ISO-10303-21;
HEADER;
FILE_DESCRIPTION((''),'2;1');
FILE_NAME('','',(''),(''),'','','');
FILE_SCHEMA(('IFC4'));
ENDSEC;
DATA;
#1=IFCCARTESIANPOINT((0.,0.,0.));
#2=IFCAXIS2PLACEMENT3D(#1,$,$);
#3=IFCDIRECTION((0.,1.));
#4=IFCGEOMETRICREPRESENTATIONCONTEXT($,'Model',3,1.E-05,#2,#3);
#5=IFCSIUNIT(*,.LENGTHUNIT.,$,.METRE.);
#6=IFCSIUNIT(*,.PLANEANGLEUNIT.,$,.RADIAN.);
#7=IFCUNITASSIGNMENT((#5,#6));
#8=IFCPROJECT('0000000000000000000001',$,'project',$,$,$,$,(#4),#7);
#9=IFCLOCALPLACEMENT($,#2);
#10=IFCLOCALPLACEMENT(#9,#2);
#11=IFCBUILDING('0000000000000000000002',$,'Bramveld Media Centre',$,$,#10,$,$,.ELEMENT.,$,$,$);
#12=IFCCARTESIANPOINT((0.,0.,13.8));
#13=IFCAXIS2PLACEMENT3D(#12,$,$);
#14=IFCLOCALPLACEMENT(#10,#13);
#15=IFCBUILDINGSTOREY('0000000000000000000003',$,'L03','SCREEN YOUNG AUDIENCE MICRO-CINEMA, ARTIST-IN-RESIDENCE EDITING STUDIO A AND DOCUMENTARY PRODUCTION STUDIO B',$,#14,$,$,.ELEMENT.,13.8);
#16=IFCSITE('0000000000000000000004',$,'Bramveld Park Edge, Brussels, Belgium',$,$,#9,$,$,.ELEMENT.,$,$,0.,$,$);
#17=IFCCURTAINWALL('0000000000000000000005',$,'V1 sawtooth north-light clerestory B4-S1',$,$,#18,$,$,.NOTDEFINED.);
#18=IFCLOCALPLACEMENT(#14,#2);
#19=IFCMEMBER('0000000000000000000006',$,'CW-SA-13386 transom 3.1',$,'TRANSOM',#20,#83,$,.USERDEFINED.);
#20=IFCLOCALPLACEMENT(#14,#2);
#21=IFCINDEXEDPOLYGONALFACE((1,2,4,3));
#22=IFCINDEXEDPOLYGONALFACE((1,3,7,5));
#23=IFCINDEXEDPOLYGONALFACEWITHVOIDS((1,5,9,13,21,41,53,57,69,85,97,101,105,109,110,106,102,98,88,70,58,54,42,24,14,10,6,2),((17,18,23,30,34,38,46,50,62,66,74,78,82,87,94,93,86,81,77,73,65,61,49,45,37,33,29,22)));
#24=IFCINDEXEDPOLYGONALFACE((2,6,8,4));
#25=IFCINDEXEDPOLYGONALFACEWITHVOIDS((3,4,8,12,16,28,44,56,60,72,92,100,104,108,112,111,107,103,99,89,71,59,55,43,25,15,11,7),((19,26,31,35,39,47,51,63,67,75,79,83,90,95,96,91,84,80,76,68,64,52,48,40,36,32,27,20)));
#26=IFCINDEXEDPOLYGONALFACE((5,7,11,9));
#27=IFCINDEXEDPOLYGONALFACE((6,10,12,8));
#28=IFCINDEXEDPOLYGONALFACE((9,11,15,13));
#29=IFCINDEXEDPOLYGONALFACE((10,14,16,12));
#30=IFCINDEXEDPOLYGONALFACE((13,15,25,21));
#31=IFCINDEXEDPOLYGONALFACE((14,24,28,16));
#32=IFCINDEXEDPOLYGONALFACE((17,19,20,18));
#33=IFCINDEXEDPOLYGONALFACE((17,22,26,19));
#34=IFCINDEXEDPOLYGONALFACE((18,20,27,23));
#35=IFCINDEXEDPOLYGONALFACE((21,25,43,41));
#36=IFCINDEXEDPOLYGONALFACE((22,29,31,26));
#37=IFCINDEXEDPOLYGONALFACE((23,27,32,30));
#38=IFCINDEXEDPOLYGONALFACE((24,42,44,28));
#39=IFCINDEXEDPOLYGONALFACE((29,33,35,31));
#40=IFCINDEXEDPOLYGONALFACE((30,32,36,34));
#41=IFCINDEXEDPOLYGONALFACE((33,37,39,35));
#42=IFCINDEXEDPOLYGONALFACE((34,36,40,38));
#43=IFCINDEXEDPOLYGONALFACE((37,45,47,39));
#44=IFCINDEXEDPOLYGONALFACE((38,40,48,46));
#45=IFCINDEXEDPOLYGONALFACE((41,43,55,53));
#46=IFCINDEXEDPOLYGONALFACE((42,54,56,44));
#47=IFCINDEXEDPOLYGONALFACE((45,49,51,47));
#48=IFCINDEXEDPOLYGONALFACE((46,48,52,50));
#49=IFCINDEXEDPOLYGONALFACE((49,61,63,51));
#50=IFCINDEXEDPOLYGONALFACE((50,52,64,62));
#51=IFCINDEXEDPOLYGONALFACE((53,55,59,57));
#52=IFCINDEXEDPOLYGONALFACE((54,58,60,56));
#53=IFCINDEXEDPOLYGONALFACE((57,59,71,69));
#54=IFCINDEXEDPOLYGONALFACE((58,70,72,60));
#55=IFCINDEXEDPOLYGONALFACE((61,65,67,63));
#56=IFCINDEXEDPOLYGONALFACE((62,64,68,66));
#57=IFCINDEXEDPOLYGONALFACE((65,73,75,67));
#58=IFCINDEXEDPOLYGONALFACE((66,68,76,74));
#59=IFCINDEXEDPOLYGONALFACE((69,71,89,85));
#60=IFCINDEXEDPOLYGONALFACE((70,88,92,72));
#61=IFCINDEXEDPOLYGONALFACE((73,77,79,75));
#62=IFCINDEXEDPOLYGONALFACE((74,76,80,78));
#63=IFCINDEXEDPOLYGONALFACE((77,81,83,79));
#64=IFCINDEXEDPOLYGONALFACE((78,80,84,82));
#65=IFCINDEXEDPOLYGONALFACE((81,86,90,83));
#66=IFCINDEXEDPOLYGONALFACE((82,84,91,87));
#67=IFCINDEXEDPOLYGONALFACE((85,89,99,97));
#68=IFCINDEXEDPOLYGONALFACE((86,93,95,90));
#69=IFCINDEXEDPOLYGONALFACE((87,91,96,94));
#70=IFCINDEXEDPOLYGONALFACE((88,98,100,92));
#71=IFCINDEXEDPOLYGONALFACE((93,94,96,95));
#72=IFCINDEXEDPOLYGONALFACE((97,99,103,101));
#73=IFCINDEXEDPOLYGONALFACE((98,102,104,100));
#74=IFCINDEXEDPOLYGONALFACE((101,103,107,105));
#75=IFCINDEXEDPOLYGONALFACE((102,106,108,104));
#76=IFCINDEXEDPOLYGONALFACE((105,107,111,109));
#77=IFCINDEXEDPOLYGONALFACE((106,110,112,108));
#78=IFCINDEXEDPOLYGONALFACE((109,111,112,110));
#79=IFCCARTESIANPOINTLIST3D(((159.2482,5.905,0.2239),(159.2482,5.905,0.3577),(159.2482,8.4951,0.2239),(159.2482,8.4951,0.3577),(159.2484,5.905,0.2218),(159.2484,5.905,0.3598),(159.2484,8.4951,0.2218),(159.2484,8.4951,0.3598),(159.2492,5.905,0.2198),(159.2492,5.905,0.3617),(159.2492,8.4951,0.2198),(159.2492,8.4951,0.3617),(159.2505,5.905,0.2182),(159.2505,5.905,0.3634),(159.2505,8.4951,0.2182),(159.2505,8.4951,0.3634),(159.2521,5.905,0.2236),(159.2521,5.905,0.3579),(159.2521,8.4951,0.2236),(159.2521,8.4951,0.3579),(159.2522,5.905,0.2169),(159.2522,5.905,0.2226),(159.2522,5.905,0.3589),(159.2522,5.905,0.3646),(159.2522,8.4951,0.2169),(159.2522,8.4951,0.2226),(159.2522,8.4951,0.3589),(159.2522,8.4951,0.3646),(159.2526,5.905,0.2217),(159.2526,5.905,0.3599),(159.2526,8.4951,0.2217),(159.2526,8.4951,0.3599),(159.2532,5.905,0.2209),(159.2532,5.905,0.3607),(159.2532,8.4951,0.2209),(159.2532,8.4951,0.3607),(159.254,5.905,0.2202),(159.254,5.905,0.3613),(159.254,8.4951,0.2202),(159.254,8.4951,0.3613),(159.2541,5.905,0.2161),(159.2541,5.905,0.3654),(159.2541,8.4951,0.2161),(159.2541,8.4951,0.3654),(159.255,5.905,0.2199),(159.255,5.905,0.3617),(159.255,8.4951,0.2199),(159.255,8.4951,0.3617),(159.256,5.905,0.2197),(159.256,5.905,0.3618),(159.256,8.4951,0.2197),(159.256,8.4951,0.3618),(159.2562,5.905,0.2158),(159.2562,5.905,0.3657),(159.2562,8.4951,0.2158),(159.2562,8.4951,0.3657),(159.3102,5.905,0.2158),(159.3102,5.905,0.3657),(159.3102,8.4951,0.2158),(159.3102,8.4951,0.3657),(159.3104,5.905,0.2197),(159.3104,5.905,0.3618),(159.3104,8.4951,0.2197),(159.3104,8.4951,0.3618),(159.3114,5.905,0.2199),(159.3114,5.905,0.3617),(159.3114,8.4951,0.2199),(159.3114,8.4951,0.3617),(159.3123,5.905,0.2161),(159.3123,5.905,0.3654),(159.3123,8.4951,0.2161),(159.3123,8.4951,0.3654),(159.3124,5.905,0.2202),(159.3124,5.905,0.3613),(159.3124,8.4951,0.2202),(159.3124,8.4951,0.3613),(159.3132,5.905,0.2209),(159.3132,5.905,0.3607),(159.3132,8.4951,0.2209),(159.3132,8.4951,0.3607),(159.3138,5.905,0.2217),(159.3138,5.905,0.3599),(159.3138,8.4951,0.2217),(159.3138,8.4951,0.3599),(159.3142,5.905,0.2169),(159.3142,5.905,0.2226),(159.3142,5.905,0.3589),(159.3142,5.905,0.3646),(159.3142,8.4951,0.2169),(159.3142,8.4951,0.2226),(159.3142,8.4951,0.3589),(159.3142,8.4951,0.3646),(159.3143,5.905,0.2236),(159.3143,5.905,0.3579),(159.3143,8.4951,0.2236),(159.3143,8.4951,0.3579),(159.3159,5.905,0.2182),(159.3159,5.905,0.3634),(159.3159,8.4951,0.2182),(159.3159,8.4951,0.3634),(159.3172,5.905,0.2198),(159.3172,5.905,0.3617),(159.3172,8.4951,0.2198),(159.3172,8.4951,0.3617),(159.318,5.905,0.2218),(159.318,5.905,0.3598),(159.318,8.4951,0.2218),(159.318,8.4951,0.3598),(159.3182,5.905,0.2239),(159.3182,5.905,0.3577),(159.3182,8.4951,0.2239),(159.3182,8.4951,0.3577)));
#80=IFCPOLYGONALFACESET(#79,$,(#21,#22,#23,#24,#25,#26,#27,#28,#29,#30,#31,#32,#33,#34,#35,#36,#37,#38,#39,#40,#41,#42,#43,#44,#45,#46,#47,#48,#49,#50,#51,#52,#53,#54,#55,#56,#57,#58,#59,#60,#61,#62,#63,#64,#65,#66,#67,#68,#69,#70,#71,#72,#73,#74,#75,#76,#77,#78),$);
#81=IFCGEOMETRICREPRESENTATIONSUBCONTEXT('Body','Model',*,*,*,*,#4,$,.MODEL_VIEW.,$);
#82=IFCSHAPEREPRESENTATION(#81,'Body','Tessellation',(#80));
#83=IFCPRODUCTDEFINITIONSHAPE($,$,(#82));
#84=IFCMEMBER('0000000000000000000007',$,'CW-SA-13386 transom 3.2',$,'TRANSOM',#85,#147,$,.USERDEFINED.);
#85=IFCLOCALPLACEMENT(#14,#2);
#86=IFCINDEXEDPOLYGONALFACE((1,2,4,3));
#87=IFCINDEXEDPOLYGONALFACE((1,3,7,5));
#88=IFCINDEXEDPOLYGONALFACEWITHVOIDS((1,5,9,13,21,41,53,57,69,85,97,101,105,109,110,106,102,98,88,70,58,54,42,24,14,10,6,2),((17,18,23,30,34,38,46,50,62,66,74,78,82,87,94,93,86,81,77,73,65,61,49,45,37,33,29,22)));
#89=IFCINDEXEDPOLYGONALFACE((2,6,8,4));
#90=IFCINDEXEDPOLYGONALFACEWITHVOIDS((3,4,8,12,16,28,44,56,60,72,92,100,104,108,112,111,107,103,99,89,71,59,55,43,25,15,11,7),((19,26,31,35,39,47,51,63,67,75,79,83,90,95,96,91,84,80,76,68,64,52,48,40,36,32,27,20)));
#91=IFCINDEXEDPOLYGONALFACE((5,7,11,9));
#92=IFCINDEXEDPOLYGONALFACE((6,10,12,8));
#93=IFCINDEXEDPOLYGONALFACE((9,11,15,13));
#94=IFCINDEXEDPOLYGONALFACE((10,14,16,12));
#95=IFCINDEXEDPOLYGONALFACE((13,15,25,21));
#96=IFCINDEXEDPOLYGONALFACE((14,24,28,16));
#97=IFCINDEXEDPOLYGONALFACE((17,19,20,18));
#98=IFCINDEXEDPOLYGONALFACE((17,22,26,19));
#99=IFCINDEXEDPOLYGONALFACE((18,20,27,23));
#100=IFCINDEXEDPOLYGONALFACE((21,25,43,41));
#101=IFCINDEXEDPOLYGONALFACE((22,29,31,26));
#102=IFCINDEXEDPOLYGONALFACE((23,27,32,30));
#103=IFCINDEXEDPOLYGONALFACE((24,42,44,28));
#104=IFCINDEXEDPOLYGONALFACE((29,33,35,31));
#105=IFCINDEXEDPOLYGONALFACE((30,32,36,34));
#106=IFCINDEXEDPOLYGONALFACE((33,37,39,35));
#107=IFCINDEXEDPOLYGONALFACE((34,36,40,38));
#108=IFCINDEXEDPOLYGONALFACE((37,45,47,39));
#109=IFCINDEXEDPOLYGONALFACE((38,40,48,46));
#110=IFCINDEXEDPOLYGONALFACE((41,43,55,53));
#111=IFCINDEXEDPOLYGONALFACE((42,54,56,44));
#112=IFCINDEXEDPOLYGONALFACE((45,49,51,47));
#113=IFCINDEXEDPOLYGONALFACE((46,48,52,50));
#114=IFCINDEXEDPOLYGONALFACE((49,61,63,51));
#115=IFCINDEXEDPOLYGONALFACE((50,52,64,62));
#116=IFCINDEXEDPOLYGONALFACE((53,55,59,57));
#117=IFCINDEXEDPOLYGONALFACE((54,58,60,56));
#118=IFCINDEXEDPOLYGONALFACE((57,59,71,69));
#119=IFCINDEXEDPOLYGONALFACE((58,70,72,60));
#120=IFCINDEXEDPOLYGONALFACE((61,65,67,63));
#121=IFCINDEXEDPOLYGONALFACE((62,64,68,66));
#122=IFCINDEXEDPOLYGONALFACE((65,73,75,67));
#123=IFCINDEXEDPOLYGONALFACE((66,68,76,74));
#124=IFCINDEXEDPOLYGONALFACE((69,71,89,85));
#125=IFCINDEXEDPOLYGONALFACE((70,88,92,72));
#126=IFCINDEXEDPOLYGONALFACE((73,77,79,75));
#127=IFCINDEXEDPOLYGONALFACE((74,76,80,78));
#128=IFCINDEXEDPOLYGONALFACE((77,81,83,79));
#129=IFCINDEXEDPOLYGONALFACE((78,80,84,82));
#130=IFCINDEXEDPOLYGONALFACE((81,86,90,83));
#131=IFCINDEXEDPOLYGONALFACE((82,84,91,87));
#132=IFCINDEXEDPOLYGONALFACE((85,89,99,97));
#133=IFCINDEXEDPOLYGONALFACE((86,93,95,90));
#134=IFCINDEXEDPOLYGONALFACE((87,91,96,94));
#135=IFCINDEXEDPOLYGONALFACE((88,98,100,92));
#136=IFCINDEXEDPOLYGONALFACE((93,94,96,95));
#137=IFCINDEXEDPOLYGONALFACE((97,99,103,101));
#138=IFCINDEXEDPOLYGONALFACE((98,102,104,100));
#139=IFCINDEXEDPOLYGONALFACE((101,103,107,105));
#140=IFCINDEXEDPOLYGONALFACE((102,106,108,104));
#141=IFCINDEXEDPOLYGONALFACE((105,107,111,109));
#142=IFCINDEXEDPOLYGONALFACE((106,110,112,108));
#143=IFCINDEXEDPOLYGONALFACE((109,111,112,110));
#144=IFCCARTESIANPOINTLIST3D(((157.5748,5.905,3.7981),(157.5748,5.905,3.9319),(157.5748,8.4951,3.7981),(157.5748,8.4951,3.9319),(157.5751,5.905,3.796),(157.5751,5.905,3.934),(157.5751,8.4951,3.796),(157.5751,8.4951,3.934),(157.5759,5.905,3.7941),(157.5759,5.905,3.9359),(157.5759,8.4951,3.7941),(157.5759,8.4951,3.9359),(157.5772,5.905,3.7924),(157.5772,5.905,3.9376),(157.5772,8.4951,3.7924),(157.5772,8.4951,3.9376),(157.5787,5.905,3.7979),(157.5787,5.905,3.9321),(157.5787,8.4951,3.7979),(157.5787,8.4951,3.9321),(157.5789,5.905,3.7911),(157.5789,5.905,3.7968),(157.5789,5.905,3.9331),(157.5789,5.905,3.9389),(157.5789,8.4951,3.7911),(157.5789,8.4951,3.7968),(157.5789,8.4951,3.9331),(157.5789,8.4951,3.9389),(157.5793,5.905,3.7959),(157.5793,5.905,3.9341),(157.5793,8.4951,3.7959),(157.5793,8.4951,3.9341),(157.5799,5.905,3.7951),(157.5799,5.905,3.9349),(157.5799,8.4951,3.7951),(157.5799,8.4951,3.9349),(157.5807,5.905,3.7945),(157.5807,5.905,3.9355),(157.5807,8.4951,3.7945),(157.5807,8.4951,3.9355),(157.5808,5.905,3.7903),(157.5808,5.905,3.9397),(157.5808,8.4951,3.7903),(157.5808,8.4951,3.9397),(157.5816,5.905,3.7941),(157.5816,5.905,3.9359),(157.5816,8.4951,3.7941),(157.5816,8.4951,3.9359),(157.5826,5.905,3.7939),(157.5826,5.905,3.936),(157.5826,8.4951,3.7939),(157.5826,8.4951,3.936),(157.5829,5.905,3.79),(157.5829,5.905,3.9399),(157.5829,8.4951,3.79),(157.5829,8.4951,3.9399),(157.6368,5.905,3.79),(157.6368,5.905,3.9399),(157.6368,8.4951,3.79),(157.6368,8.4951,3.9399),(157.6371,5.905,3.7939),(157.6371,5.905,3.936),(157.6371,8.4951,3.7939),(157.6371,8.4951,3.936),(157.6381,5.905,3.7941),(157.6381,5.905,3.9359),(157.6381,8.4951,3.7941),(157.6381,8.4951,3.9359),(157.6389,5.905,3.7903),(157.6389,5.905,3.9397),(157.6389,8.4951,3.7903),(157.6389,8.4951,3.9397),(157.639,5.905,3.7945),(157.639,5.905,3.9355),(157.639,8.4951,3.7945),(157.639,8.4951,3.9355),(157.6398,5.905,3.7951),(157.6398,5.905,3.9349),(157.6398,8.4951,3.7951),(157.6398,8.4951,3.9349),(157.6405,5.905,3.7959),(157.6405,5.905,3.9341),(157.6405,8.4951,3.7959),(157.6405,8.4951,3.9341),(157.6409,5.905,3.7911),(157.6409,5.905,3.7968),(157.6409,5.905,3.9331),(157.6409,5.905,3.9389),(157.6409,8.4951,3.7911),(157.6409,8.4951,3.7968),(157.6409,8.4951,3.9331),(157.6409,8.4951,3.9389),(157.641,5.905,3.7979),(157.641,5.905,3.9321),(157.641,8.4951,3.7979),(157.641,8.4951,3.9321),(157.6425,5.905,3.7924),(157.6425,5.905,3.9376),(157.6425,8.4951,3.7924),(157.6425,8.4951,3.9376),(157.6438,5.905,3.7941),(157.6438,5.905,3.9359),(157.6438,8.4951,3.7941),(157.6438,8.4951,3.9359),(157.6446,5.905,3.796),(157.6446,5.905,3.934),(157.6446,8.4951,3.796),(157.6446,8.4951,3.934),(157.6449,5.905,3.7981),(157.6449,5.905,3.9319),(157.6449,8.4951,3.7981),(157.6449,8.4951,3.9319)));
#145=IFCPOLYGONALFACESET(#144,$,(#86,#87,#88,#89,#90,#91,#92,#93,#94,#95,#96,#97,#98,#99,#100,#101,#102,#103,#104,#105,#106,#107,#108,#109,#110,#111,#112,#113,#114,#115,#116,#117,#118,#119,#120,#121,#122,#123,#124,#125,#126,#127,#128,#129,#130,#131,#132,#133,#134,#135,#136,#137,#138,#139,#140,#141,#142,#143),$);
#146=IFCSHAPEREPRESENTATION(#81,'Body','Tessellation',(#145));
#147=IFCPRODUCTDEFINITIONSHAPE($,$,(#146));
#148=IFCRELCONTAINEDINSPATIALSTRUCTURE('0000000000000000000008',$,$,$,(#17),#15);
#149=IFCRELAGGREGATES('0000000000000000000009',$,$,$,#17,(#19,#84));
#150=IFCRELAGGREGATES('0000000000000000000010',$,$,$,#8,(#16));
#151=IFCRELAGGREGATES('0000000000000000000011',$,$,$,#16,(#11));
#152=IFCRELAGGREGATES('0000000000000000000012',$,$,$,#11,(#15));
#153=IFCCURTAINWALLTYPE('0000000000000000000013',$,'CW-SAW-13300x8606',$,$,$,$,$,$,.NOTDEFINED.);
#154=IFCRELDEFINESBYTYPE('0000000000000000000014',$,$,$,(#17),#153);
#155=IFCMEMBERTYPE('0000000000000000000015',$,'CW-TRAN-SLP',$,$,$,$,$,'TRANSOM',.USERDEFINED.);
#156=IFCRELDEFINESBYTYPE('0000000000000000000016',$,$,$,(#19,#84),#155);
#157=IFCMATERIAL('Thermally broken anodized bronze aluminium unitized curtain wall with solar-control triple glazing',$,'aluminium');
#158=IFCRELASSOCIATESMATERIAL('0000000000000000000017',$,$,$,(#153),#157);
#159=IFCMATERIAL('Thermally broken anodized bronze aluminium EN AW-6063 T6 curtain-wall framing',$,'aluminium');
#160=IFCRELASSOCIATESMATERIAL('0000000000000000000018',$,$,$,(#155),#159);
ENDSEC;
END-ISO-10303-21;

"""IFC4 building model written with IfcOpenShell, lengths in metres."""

from ifc_helpers import new_model, si_unit, direction, frame, origin, origin_2d, place, context, subcontext, project, spatial, hollow_rectangle, extrude, material, material_profile, profile_set, type_object, element, aggregate, save


model = new_model("IFC4")

# Units and contexts
model_context = context("Model", 3, precision=1e-05, world=origin(), true_north=direction((0.0, 1.0)))
body_context = subcontext(model_context, "Body", "Model", "MODEL_VIEW")
ifc_project = project(units=[si_unit("LENGTHUNIT", "METRE"), si_unit("PLANEANGLEUNIT", "RADIAN")], contexts=[model_context])

# Site, building, storey
site_placement = place(None, origin())
site = spatial("IfcSite", under=ifc_project, at=site_placement, Name="Bramveld Park Edge, Brussels, Belgium", CompositionType="ELEMENT", RefElevation=0.0)
building_placement = place(site_placement, origin())
building = spatial("IfcBuilding", under=site, at=building_placement, Name="Bramveld Media Centre", CompositionType="ELEMENT")
storey_placement = place(building_placement, frame((0.0, 0.0, 13.8)))
storey = spatial("IfcBuildingStorey", under=building, at=storey_placement, Name="L03", Description="SCREEN YOUNG AUDIENCE MICRO-CINEMA, ARTIST-IN-RESIDENCE EDITING STUDIO A AND DOCUMENTARY PRODUCTION STUDIO B", CompositionType="ELEMENT", Elevation=13.8)

# Curtain wall, members
ifc_material_1 = material(Name="Thermally broken anodized bronze aluminium unitized curtain wall with solar-control triple glazing", Category="aluminium")
curtain_wall_type = type_object("IfcCurtainWallType", Name="CW-SAW-13300x8606", PredefinedType="NOTDEFINED", material=ifc_material_1)
curtain_wall_placement = place(storey_placement, origin())
curtain_wall = element("IfcCurtainWall", 1, at=curtain_wall_placement, inside=storey, type_object=curtain_wall_type, Name="V1 sawtooth north-light clerestory B4-S1", PredefinedType="NOTDEFINED")
ifc_material_2 = material(Name="Thermally broken anodized bronze aluminium EN AW-6063 T6 curtain-wall framing", Category="aluminium")
ifc_material_profile_1 = material_profile(ifc_material_2, hollow_rectangle(XDim=0.0701, YDim=0.1499, WallThickness=0.0039, InnerFilletRadius=0.0039, OuterFilletRadius=0.0081, at=origin_2d()), Name="AL-TRAN 70x150")
ifc_profile_set_1 = profile_set([ifc_material_profile_1], Name="Thermally broken anodized bronze aluminium EN AW-6063 T6 curtain-wall framing")
member_type_1 = type_object("IfcMemberType", Name="CW-TRAN-SLP", ElementType="TRANSOM", PredefinedType="USERDEFINED", material=ifc_profile_set_1)
member_1_placement = place(storey_placement, frame((159.2832, 5.905, 0.2908), z_axis=(0.0, 1.0, 0.0), x_axis=(-1.0, 0.0, 0.0)))
member_1 = element("IfcMember", 2, at=member_1_placement, type_object=member_type_1, Name="CW-SA-13386 transom 3.1", ObjectType="TRANSOM", PredefinedType="USERDEFINED", context=body_context, shape_type="SweptSolid", body=[
    extrude(hollow_rectangle(XDim=0.0701, YDim=0.1499, WallThickness=0.0039, InnerFilletRadius=0.0039, OuterFilletRadius=0.0081, at=origin_2d()), origin(), (0.0, 0.0, 1.0), 2.5901),
])
member_2_placement = place(storey_placement, frame((157.6099, 5.905, 3.865), z_axis=(0.0, 1.0, 0.0), x_axis=(-1.0, 0.0, 0.0)))
member_2 = element("IfcMember", 3, at=member_2_placement, type_object=member_type_1, Name="CW-SA-13386 transom 3.2", ObjectType="TRANSOM", PredefinedType="USERDEFINED", context=body_context, shape_type="SweptSolid", body=[
    extrude(hollow_rectangle(XDim=0.0701, YDim=0.1499, WallThickness=0.0039, InnerFilletRadius=0.0039, OuterFilletRadius=0.0081, at=origin_2d()), origin(), (0.0, 0.0, 1.0), 2.5901),
])

aggregate(curtain_wall, [member_1, member_2])

save(model, "model.ifc")
